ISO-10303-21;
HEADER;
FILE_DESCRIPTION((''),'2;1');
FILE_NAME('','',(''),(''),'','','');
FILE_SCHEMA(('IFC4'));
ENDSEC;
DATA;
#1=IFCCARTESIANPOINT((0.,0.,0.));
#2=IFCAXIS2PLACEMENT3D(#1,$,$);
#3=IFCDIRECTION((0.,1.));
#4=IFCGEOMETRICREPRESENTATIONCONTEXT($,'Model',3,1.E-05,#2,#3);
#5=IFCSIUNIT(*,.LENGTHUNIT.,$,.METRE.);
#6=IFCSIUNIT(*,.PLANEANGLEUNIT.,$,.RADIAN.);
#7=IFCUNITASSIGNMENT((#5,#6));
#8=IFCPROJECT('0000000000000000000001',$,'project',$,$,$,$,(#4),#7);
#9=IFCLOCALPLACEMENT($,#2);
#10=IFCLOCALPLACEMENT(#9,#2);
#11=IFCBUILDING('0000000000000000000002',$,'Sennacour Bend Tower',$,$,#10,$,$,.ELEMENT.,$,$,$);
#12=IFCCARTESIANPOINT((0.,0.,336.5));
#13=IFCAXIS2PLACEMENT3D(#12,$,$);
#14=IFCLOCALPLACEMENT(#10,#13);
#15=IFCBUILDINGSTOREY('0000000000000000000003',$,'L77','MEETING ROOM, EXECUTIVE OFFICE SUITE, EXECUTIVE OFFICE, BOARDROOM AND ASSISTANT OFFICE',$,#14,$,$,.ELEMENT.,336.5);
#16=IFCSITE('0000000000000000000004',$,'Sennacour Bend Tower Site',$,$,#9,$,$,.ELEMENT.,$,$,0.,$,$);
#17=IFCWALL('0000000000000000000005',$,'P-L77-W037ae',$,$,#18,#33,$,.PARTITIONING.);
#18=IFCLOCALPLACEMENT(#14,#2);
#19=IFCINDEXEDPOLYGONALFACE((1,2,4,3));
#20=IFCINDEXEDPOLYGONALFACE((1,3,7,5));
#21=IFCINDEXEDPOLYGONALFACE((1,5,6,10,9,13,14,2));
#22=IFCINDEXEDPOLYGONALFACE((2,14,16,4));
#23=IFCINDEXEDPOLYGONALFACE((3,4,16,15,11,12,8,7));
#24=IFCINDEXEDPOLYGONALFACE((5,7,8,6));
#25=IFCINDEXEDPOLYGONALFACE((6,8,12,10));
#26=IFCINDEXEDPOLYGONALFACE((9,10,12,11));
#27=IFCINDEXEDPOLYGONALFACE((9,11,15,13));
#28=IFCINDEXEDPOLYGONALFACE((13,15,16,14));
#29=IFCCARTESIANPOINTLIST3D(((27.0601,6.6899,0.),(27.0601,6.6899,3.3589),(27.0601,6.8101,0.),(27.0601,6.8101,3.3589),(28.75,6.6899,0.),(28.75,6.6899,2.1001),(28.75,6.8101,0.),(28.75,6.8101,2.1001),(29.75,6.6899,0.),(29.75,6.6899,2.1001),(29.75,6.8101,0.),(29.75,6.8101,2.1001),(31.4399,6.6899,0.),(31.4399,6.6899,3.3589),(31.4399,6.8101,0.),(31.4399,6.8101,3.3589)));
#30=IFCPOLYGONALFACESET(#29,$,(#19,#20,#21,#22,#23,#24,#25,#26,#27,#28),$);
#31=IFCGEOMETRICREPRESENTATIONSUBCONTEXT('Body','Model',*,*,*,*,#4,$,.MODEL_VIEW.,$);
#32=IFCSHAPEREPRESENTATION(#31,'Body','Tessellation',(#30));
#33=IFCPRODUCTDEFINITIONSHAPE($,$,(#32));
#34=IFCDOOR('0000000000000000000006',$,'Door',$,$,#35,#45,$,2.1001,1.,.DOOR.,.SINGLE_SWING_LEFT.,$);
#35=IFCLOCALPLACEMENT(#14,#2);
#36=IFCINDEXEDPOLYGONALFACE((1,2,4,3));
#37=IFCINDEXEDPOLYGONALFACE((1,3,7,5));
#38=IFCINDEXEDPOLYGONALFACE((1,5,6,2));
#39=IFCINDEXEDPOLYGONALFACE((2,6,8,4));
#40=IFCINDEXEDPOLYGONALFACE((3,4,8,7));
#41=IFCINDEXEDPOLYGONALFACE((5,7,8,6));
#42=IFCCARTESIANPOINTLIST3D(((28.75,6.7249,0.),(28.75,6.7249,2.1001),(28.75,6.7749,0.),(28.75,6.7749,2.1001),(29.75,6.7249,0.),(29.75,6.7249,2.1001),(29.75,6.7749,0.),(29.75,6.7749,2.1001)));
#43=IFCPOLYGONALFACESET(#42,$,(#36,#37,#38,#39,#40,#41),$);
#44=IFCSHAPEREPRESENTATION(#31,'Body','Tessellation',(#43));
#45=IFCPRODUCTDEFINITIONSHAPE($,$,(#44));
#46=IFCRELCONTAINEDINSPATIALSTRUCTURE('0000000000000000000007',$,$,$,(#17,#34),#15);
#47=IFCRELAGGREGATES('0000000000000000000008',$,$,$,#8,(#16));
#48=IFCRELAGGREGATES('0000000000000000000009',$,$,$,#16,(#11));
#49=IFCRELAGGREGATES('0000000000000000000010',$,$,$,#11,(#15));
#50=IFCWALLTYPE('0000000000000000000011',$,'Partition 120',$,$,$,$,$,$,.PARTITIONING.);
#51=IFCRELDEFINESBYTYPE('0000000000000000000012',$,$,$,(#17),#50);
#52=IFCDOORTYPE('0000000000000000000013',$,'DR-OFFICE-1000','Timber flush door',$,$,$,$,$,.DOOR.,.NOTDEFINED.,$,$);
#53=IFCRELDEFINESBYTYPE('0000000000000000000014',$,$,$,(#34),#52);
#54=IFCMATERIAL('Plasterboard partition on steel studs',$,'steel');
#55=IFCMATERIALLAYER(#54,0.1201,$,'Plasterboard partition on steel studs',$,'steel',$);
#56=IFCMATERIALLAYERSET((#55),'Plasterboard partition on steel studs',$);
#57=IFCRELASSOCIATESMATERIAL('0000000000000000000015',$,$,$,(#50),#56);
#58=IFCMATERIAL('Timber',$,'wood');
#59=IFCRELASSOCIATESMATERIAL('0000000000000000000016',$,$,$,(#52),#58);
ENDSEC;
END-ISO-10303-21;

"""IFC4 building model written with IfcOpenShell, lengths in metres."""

from ifc_helpers import new_model, si_unit, direction, frame, frame_2d, origin, place, context, subcontext, project, spatial, rectangle, extrude, material, layer, layer_set, type_object, element, fill, save


model = new_model("IFC4")

# Units and contexts
model_context = context("Model", 3, precision=1e-05, world=origin(), true_north=direction((0.0, 1.0)))
body_context = subcontext(model_context, "Body", "Model", "MODEL_VIEW")
ifc_project = project(units=[si_unit("LENGTHUNIT", "METRE"), si_unit("PLANEANGLEUNIT", "RADIAN")], contexts=[model_context])

# Site, building, storey
site_placement = place(None, origin())
site = spatial("IfcSite", under=ifc_project, at=site_placement, Name="Sennacour Bend Tower Site", CompositionType="ELEMENT", RefElevation=0.0)
building_placement = place(site_placement, origin())
building = spatial("IfcBuilding", under=site, at=building_placement, Name="Sennacour Bend Tower", CompositionType="ELEMENT")
storey_placement = place(building_placement, frame((0.0, 0.0, 336.5)))
storey = spatial("IfcBuildingStorey", under=building, at=storey_placement, Name="L77", Description="MEETING ROOM, EXECUTIVE OFFICE SUITE, EXECUTIVE OFFICE, BOARDROOM AND ASSISTANT OFFICE", CompositionType="ELEMENT", Elevation=336.5)

# Shared definitions
ifc_material_1 = material(Name="Plasterboard partition on steel studs", Category="steel")
ifc_layer_1 = layer(ifc_material_1, 0.1201, Name="Plasterboard partition on steel studs", Category="steel")
ifc_layer_set_1 = layer_set([ifc_layer_1], Name="Plasterboard partition on steel studs")
wall_type = type_object("IfcWallType", Name="Partition 120", PredefinedType="PARTITIONING", material=ifc_layer_set_1)

# Wall, opening, door
wall_placement = place(storey_placement, frame((27.0601, 6.75, 0.0), z_axis=(0.0, 0.0, 1.0), x_axis=(1.0, 0.0, 0.0)))
wall = element("IfcWall", 1, at=wall_placement, inside=storey, type_object=wall_type, Name="P-L77-W037ae", PredefinedType="PARTITIONING", context=body_context, shape_type="SweptSolid", body=[
    extrude(rectangle(XDim=4.3799, YDim=0.1201, at=frame_2d((2.1899, 0.0))), origin(), (0.0, 0.0, 1.0), 3.3589),
])
opening_placement = place(wall_placement, frame((1.6899, 0.0, 0.0)))
opening = element("IfcOpeningElement", 2, at=opening_placement, cuts=wall, PredefinedType="OPENING", context=body_context, shape_type="SweptSolid", body=[
    extrude(rectangle(XDim=1.0, YDim=2.1001, at=frame_2d((0.5, 1.05))), frame((0.0, 0.0701, 0.0), z_axis=(0.0, -1.0, 0.0), x_axis=(1.0, 0.0, 0.0)), (0.0, 0.0, 1.0), 0.1401),
])
ifc_material_2 = material(Name="Timber", Category="wood")
door_type = type_object("IfcDoorType", Name="DR-OFFICE-1000", Description="Timber flush door", OperationType="NOTDEFINED", PredefinedType="DOOR", material=ifc_material_2)
door_placement = place(opening_placement, origin())
door = element("IfcDoor", 3, at=door_placement, inside=storey, type_object=door_type, Name="Door", OperationType="SINGLE_SWING_LEFT", OverallHeight=2.1001, OverallWidth=1.0, PredefinedType="DOOR", context=body_context, shape_type="SweptSolid", body=[
    extrude(rectangle(XDim=1.0, YDim=2.1001, at=frame_2d((0.5, 1.05))), frame((0.0, 0.0249, 0.0), z_axis=(0.0, -1.0, 0.0), x_axis=(1.0, 0.0, 0.0)), (0.0, 0.0, 1.0), 0.05),
])
fill(opening, door)

save(model, "model.ifc")
